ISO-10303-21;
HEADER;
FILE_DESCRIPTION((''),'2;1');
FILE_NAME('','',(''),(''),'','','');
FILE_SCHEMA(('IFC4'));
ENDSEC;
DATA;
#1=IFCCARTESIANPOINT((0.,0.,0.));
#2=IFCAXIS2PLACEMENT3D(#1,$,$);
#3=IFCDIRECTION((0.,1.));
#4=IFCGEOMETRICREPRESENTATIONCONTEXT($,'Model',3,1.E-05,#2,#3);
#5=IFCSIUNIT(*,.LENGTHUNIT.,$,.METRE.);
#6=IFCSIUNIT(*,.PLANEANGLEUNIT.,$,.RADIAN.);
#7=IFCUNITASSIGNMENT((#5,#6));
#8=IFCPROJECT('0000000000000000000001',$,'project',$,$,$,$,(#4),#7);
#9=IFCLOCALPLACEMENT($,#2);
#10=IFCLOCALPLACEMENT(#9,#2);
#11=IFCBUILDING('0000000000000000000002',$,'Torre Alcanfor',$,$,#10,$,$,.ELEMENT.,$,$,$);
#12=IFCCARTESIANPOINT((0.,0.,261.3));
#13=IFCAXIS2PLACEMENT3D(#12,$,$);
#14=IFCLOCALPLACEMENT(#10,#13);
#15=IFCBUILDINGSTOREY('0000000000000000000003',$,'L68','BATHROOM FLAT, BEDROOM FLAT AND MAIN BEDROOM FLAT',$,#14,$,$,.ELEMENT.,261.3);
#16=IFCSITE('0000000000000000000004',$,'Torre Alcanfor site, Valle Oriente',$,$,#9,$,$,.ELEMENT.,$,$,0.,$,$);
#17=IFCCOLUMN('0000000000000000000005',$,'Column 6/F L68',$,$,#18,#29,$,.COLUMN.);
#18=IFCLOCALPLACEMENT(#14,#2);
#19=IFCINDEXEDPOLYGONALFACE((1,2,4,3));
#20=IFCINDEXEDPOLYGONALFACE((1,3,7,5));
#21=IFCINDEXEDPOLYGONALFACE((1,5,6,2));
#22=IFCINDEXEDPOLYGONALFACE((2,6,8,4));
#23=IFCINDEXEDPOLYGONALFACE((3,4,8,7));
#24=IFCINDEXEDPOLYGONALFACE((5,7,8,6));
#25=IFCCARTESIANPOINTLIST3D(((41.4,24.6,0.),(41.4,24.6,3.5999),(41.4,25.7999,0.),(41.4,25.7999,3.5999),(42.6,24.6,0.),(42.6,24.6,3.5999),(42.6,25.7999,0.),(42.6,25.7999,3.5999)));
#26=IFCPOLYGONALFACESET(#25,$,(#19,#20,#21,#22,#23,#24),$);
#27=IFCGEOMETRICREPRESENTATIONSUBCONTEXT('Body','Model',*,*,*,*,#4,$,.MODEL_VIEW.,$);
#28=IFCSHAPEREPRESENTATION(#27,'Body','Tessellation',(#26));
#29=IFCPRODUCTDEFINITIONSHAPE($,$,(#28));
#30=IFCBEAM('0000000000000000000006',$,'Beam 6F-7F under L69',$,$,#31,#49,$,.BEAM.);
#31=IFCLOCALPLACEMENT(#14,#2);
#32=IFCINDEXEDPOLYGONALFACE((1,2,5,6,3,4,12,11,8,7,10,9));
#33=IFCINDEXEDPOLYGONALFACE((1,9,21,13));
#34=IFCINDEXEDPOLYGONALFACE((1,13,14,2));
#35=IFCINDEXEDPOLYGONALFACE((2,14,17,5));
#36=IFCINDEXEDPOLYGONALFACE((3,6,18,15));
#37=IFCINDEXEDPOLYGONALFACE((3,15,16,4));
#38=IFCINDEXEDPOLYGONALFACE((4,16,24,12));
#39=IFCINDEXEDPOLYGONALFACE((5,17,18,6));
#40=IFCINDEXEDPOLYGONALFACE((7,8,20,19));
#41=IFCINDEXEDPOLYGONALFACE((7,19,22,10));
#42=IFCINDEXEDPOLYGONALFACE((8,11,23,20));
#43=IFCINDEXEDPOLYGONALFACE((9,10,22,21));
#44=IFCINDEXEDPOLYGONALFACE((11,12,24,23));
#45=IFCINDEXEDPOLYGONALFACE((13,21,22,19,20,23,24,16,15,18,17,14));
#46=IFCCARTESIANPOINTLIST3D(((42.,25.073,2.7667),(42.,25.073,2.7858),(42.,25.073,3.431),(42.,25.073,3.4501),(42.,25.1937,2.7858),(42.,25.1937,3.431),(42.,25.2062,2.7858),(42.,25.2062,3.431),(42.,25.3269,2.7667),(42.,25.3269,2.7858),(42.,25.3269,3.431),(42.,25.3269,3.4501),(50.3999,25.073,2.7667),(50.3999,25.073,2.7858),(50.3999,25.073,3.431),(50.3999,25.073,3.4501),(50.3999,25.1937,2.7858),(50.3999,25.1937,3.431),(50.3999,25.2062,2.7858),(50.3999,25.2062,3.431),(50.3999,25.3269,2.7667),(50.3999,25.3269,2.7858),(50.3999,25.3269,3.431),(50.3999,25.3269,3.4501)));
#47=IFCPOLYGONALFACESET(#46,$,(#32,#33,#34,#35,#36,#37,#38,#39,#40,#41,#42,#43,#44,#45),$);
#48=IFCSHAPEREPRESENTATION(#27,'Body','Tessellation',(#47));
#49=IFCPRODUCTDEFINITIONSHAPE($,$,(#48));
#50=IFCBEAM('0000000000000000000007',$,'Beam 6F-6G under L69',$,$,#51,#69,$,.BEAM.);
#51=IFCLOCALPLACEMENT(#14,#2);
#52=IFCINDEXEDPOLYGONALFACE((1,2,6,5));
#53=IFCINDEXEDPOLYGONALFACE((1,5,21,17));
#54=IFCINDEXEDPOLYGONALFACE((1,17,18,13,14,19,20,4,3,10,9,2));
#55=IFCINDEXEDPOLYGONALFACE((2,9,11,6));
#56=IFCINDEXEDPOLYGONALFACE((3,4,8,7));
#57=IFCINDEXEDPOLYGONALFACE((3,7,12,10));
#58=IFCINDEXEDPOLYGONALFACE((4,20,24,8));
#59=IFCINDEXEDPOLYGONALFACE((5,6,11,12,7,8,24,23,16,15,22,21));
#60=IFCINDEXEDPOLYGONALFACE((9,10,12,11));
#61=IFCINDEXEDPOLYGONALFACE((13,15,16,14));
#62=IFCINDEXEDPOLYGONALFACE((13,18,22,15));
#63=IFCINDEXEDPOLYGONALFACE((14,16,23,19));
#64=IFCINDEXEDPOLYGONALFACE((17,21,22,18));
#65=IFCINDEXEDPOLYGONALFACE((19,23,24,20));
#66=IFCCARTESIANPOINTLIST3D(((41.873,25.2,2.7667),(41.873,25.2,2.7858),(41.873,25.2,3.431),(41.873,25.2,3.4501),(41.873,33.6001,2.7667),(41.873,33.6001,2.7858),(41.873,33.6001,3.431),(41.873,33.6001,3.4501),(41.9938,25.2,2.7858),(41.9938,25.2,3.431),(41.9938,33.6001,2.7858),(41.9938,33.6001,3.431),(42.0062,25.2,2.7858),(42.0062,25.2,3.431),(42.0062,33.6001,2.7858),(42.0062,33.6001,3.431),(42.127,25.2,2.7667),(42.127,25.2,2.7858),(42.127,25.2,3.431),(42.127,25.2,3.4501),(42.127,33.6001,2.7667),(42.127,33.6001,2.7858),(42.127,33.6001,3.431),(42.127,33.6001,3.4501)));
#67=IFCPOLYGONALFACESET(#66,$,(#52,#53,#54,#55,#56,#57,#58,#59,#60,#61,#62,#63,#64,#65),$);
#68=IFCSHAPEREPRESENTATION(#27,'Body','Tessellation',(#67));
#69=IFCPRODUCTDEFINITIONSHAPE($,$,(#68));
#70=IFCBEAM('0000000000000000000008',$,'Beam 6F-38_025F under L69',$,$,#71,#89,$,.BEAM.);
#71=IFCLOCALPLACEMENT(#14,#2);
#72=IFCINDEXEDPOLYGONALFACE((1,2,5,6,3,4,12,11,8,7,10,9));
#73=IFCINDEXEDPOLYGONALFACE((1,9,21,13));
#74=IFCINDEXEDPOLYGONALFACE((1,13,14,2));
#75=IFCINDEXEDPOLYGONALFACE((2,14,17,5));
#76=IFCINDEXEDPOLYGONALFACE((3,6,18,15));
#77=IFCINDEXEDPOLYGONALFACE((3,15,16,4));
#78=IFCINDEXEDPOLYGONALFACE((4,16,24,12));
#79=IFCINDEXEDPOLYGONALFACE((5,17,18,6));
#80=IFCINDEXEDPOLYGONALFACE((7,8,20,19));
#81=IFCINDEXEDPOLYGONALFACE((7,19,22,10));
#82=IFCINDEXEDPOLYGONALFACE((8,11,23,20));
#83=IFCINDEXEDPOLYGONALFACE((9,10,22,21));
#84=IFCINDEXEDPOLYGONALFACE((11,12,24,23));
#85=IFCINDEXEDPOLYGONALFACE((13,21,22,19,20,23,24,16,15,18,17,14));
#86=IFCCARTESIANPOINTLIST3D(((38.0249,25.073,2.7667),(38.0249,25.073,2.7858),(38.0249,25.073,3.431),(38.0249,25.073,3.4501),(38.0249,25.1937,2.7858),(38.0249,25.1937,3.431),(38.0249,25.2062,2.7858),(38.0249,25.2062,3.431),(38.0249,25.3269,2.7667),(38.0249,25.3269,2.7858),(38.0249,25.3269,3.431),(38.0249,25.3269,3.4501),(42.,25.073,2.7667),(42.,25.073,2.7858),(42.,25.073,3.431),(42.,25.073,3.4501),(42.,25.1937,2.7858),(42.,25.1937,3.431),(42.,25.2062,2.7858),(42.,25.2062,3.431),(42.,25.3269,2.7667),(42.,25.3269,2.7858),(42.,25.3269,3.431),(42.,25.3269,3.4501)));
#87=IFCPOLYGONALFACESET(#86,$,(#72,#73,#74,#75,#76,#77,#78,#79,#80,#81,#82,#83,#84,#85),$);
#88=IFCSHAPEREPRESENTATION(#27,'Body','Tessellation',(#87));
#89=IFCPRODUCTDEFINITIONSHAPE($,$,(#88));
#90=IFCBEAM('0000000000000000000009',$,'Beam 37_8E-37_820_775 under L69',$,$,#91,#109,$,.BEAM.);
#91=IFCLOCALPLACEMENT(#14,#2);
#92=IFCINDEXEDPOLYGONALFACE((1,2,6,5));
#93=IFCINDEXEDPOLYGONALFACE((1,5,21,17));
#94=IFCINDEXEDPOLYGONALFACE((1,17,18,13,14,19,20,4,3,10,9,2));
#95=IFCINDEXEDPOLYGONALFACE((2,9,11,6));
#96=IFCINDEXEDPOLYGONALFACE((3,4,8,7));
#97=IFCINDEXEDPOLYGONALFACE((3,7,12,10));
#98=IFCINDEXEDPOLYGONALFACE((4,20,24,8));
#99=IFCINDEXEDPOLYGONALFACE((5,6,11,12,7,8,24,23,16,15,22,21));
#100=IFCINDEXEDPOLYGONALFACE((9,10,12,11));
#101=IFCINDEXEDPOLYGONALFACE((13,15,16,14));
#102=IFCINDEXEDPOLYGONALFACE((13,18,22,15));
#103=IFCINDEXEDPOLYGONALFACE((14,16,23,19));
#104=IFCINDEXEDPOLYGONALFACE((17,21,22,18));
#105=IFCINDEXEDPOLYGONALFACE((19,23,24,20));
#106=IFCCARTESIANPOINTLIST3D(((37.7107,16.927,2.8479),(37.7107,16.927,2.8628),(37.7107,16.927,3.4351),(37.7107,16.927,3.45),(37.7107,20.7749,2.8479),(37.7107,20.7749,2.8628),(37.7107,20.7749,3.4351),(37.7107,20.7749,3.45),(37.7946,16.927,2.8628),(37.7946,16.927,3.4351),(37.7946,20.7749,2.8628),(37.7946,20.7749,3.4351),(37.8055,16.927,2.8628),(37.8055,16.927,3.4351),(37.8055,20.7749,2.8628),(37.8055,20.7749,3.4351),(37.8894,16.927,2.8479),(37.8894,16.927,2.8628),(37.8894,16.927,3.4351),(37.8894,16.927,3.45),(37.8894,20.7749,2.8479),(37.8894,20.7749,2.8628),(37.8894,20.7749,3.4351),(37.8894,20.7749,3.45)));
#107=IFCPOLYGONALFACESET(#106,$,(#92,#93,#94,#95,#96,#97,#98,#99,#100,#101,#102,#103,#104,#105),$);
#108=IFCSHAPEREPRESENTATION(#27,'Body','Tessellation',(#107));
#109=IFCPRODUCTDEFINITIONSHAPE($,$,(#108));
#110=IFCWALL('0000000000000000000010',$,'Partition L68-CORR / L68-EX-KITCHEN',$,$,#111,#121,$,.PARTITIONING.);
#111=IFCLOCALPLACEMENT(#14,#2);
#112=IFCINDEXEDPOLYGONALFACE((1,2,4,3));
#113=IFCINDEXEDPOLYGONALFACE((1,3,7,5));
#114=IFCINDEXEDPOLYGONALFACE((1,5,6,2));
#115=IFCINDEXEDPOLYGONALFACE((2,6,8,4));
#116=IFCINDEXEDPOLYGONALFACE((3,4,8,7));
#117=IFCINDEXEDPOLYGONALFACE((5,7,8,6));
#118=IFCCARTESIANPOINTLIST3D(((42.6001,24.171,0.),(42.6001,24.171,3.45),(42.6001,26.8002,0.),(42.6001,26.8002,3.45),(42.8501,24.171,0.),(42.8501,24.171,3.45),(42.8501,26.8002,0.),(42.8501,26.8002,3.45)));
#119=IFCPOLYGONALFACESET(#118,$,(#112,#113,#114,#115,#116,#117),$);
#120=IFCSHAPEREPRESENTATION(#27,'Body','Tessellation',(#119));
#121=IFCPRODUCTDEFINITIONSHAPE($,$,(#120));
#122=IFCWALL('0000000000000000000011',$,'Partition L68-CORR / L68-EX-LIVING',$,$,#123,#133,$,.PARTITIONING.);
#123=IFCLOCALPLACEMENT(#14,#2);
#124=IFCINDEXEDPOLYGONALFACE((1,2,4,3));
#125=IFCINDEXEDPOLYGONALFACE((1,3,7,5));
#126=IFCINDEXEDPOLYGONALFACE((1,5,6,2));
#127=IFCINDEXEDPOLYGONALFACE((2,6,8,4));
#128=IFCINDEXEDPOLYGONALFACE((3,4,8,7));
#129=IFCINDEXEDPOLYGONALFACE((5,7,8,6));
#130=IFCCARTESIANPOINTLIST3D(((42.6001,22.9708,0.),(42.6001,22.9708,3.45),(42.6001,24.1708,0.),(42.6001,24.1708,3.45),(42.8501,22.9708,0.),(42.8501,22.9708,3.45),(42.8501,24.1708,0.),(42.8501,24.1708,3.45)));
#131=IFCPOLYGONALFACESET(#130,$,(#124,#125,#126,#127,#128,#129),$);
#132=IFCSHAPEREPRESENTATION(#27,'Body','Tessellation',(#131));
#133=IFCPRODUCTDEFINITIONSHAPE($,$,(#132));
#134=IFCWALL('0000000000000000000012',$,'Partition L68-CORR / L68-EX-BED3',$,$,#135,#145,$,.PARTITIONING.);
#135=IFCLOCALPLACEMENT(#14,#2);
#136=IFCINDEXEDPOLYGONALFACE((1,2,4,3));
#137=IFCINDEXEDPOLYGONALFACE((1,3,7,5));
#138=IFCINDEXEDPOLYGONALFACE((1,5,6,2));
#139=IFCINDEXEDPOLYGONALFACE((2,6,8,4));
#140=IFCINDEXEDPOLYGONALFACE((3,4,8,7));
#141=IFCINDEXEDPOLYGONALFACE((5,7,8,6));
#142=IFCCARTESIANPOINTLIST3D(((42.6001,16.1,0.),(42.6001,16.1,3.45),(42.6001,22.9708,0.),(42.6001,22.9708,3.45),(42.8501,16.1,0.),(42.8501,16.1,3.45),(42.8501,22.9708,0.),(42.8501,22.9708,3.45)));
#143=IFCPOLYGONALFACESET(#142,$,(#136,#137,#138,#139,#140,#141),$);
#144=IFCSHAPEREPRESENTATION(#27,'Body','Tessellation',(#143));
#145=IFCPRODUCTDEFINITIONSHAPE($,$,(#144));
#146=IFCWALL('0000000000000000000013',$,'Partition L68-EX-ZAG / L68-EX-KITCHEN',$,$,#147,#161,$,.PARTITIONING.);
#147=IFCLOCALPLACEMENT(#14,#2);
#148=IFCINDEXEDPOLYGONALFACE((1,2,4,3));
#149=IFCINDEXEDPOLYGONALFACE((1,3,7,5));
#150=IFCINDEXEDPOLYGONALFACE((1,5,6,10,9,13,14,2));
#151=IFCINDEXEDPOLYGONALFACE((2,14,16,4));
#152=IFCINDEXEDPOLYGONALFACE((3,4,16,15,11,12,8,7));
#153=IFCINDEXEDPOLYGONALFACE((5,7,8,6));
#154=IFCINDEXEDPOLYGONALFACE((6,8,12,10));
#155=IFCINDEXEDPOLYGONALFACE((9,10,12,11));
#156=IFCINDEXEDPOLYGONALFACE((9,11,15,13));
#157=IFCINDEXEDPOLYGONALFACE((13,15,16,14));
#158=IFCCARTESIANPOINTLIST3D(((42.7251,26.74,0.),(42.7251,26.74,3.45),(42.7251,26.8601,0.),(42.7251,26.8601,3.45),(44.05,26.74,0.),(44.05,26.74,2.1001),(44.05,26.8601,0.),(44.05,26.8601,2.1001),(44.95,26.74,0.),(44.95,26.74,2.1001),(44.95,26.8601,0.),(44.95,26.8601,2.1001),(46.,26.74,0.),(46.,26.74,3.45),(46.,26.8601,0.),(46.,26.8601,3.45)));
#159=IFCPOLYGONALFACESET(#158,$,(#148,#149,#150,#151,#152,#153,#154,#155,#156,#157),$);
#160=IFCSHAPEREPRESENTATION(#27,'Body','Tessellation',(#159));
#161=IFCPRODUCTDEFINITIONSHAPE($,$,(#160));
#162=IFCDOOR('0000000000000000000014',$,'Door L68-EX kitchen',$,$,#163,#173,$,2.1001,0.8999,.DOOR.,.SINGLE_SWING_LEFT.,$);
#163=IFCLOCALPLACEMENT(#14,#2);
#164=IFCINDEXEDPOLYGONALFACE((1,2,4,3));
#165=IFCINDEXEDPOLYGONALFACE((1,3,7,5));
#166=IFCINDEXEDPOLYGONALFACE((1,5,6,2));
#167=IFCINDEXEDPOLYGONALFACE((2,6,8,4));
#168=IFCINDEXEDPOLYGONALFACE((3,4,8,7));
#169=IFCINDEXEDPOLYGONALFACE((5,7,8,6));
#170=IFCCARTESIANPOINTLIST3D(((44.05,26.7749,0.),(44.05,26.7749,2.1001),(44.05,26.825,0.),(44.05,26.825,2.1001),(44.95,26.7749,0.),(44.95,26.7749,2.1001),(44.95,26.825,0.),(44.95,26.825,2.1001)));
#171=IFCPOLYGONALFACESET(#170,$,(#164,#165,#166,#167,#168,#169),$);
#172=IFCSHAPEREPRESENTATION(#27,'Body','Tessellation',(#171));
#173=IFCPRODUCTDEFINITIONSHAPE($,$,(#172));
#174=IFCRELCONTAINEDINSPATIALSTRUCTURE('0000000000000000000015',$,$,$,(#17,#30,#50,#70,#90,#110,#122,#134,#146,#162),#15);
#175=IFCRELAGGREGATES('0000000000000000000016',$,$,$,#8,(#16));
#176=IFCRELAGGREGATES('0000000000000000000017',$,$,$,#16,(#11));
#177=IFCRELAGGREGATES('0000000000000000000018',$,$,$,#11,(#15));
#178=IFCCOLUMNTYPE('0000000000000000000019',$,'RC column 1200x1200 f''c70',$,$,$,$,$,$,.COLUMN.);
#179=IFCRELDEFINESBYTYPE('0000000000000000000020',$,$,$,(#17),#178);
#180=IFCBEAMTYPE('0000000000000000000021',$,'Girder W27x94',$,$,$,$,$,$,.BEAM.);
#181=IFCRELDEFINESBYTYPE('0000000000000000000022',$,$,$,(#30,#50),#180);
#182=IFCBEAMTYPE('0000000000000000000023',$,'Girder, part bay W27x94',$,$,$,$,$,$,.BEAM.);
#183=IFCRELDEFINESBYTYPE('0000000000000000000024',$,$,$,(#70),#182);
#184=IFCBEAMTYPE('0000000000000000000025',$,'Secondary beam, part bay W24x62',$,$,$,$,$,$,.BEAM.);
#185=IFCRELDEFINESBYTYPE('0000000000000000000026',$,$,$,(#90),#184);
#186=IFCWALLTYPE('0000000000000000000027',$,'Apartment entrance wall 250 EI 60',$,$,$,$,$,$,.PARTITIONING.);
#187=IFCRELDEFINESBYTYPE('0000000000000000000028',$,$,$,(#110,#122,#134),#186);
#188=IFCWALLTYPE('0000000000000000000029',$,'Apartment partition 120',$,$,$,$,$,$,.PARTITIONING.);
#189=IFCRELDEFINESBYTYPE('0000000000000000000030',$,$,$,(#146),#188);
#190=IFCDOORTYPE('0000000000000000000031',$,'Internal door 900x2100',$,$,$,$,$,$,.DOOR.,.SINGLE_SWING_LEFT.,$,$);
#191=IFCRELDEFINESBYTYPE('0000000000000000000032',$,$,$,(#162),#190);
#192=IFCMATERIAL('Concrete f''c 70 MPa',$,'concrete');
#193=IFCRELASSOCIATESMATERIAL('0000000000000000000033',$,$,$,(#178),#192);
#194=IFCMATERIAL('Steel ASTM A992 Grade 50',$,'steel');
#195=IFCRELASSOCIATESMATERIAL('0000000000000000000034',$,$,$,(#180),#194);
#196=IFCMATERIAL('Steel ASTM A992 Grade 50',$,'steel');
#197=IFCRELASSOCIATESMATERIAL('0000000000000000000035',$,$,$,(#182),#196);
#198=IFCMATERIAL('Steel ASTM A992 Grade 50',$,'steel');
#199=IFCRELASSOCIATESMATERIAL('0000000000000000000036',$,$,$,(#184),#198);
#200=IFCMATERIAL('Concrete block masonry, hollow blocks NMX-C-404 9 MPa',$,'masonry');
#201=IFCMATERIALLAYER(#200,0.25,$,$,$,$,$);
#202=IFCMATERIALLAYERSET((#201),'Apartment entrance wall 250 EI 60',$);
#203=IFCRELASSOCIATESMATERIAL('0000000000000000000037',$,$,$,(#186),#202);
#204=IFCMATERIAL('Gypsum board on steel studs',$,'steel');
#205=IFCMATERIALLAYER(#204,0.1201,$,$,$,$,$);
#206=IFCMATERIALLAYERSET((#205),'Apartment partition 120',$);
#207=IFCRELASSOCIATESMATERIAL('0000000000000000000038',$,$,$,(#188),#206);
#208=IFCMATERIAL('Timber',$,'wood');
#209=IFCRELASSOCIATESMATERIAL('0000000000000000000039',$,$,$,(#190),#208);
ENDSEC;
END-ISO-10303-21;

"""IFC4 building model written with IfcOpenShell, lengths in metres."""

from ifc_helpers import new_model, si_unit, direction, frame, frame_2d, origin, origin_2d, place, context, subcontext, project, spatial, rectangle, i_section, extrude, material, layer, layer_set, material_profile, profile_set, type_object, element, fill, save


model = new_model("IFC4")

# Units and contexts
model_context = context("Model", 3, precision=1e-05, world=origin(), true_north=direction((0.0, 1.0)))
body_context = subcontext(model_context, "Body", "Model", "MODEL_VIEW")
ifc_project = project(units=[si_unit("LENGTHUNIT", "METRE"), si_unit("PLANEANGLEUNIT", "RADIAN")], contexts=[model_context])

# Site, building, storey
site_placement = place(None, origin())
site = spatial("IfcSite", under=ifc_project, at=site_placement, Name="Torre Alcanfor site, Valle Oriente", CompositionType="ELEMENT", RefElevation=0.0)
building_placement = place(site_placement, origin())
building = spatial("IfcBuilding", under=site, at=building_placement, Name="Torre Alcanfor", CompositionType="ELEMENT")
storey_placement = place(building_placement, frame((0.0, 0.0, 261.3)))
storey = spatial("IfcBuildingStorey", under=building, at=storey_placement, Name="L68", Description="BATHROOM FLAT, BEDROOM FLAT AND MAIN BEDROOM FLAT", CompositionType="ELEMENT", Elevation=261.3)

# Column
ifc_material_1 = material(Name="Concrete f'c 70 MPa", Category="concrete")
ifc_material_profile_1 = material_profile(ifc_material_1, rectangle(XDim=1.2, YDim=1.2, at=origin_2d()), Name="1200x1200")
ifc_profile_set_1 = profile_set([ifc_material_profile_1], Name="Concrete f'c 70 MPa")
column_type = type_object("IfcColumnType", Name="RC column 1200x1200 f'c70", PredefinedType="COLUMN", material=ifc_profile_set_1)
column_placement = place(storey_placement, frame((42.0, 25.2, 0.0), z_axis=(0.0, 0.0, 1.0), x_axis=(1.0, 0.0, 0.0)))
element("IfcColumn", 1, at=column_placement, inside=storey, type_object=column_type, Name="Column 6/F L68", PredefinedType="COLUMN", context=body_context, shape_type="SweptSolid", body=[
    extrude(rectangle(XDim=1.2, YDim=1.2, at=origin_2d()), origin(), (0.0, 0.0, 1.0), 3.5999),
])

# Beams
ifc_material_2 = material(Name="Steel ASTM A992 Grade 50", Category="steel")
ifc_material_profile_2 = material_profile(ifc_material_2, i_section(OverallWidth=0.2539, OverallDepth=0.6833, WebThickness=0.0125, FlangeThickness=0.019, at=origin_2d()), Name="W27x94")
ifc_profile_set_2 = profile_set([ifc_material_profile_2], Name="Steel ASTM A992 Grade 50")
beam_type_1 = type_object("IfcBeamType", Name="Girder W27x94", PredefinedType="BEAM", material=ifc_profile_set_2)
beam_1_placement = place(storey_placement, frame((42.0, 25.2, 3.1084), z_axis=(1.0, 0.0, 0.0), x_axis=(0.0, 1.0, 0.0)))
element("IfcBeam", 2, at=beam_1_placement, inside=storey, type_object=beam_type_1, Name="Beam 6F-7F under L69", PredefinedType="BEAM", context=body_context, shape_type="SweptSolid", body=[
    extrude(i_section(OverallWidth=0.2539, OverallDepth=0.6833, WebThickness=0.0125, FlangeThickness=0.019, at=origin_2d()), origin(), (0.0, 0.0, 1.0), 8.3999),
])
beam_2_placement = place(storey_placement, frame((42.0, 25.2, 3.1084), z_axis=(0.0, 1.0, 0.0), x_axis=(-1.0, 0.0, 0.0)))
element("IfcBeam", 3, at=beam_2_placement, inside=storey, type_object=beam_type_1, Name="Beam 6F-6G under L69", PredefinedType="BEAM", context=body_context, shape_type="SweptSolid", body=[
    extrude(i_section(OverallWidth=0.2539, OverallDepth=0.6833, WebThickness=0.0125, FlangeThickness=0.019, at=origin_2d()), origin(), (0.0, 0.0, 1.0), 8.4001),
])
ifc_material_3 = material(Name="Steel ASTM A992 Grade 50", Category="steel")
ifc_material_profile_3 = material_profile(ifc_material_3, i_section(OverallWidth=0.2539, OverallDepth=0.6833, WebThickness=0.0125, FlangeThickness=0.019, at=origin_2d()), Name="W27x94")
ifc_profile_set_3 = profile_set([ifc_material_profile_3], Name="Steel ASTM A992 Grade 50")
beam_type_2 = type_object("IfcBeamType", Name="Girder, part bay W27x94", PredefinedType="BEAM", material=ifc_profile_set_3)
beam_3_placement = place(storey_placement, frame((42.0, 25.2, 3.1084), z_axis=(-1.0, 0.0, 0.0), x_axis=(0.0, -1.0, 0.0)))
element("IfcBeam", 4, at=beam_3_placement, inside=storey, type_object=beam_type_2, Name="Beam 6F-38_025F under L69", PredefinedType="BEAM", context=body_context, shape_type="SweptSolid", body=[
    extrude(i_section(OverallWidth=0.2539, OverallDepth=0.6833, WebThickness=0.0125, FlangeThickness=0.019, at=origin_2d()), origin(), (0.0, 0.0, 1.0), 3.9751),
])
ifc_material_4 = material(Name="Steel ASTM A992 Grade 50", Category="steel")
ifc_material_profile_4 = material_profile(ifc_material_4, i_section(OverallWidth=0.1787, OverallDepth=0.6021, WebThickness=0.011, FlangeThickness=0.0149, at=origin_2d()), Name="W24x62")
ifc_profile_set_4 = profile_set([ifc_material_profile_4], Name="Steel ASTM A992 Grade 50")
beam_type_3 = type_object("IfcBeamType", Name="Secondary beam, part bay W24x62", PredefinedType="BEAM", material=ifc_profile_set_4)
beam_4_placement = place(storey_placement, frame((37.8, 16.927, 3.1489), z_axis=(0.0, 1.0, 0.0), x_axis=(-1.0, 0.0, 0.0)))
element("IfcBeam", 5, at=beam_4_placement, inside=storey, type_object=beam_type_3, Name="Beam 37_8E-37_820_775 under L69", PredefinedType="BEAM", context=body_context, shape_type="SweptSolid", body=[
    extrude(i_section(OverallWidth=0.1787, OverallDepth=0.6021, WebThickness=0.011, FlangeThickness=0.0149, at=origin_2d()), origin(), (0.0, 0.0, 1.0), 3.8479),
])

# Walls
ifc_material_5 = material(Name="Concrete block masonry, hollow blocks NMX-C-404 9 MPa", Category="masonry")
ifc_layer_1 = layer(ifc_material_5, 0.25)
ifc_layer_set_1 = layer_set([ifc_layer_1], Name="Apartment entrance wall 250 EI 60")
wall_type_1 = type_object("IfcWallType", Name="Apartment entrance wall 250 EI 60", PredefinedType="PARTITIONING", material=ifc_layer_set_1)
wall_1_placement = place(storey_placement, frame((42.7251, 26.8, 0.0), z_axis=(0.0, 0.0, 1.0), x_axis=(0.0, -1.0, 0.0)))
element("IfcWall", 6, at=wall_1_placement, inside=storey, type_object=wall_type_1, Name="Partition L68-CORR / L68-EX-KITCHEN", PredefinedType="PARTITIONING", context=body_context, shape_type="SweptSolid", body=[
    extrude(rectangle(XDim=2.6292, YDim=0.25, at=frame_2d((1.3145, 0.0))), origin(), (0.0, 0.0, 1.0), 3.45),
])
wall_2_placement = place(storey_placement, frame((42.7251, 24.1709, 0.0), z_axis=(0.0, 0.0, 1.0), x_axis=(0.0, -1.0, 0.0)))
element("IfcWall", 7, at=wall_2_placement, inside=storey, type_object=wall_type_1, Name="Partition L68-CORR / L68-EX-LIVING", PredefinedType="PARTITIONING", context=body_context, shape_type="SweptSolid", body=[
    extrude(rectangle(XDim=1.2, YDim=0.25, at=frame_2d((0.6001, 0.0))), origin(), (0.0, 0.0, 1.0), 3.45),
])
wall_3_placement = place(storey_placement, frame((42.7251, 22.9709, 0.0), z_axis=(0.0, 0.0, 1.0), x_axis=(0.0, -1.0, 0.0)))
element("IfcWall", 8, at=wall_3_placement, inside=storey, type_object=wall_type_1, Name="Partition L68-CORR / L68-EX-BED3", PredefinedType="PARTITIONING", context=body_context, shape_type="SweptSolid", body=[
    extrude(rectangle(XDim=6.8708, YDim=0.25, at=frame_2d((3.4355, 0.0))), origin(), (0.0, 0.0, 1.0), 3.45),
])

# Wall, opening, door
ifc_material_6 = material(Name="Gypsum board on steel studs", Category="steel")
ifc_layer_2 = layer(ifc_material_6, 0.1201)
ifc_layer_set_2 = layer_set([ifc_layer_2], Name="Apartment partition 120")
wall_type_2 = type_object("IfcWallType", Name="Apartment partition 120", PredefinedType="PARTITIONING", material=ifc_layer_set_2)
wall_4_placement = place(storey_placement, frame((42.7251, 26.8, 0.0), z_axis=(0.0, 0.0, 1.0), x_axis=(1.0, 0.0, 0.0)))
wall_4 = element("IfcWall", 9, at=wall_4_placement, inside=storey, type_object=wall_type_2, Name="Partition L68-EX-ZAG / L68-EX-KITCHEN", PredefinedType="PARTITIONING", context=body_context, shape_type="SweptSolid", body=[
    extrude(rectangle(XDim=3.2749, YDim=0.1201, at=frame_2d((1.6375, 0.0))), origin(), (0.0, 0.0, 1.0), 3.45),
])
opening_1_placement = place(wall_4_placement, frame((1.325, 0.0, 0.0)))
opening_1 = element("IfcOpeningElement", 10, at=opening_1_placement, cuts=wall_4, PredefinedType="OPENING", context=body_context, shape_type="SweptSolid", body=[
    extrude(rectangle(XDim=0.8999, YDim=2.1001, at=frame_2d((0.45, 1.05))), frame((0.0, 0.0701, 0.0), z_axis=(0.0, -1.0, 0.0), x_axis=(1.0, 0.0, 0.0)), (0.0, 0.0, 1.0), 0.1401),
])
ifc_material_7 = material(Name="Timber", Category="wood")
door_type_1 = type_object("IfcDoorType", Name="Internal door 900x2100", OperationType="SINGLE_SWING_LEFT", PredefinedType="DOOR", material=ifc_material_7)
door_1_placement = place(opening_1_placement, frame((0.8999, 0.0, 0.0), z_axis=(0.0, 0.0, 1.0), x_axis=(-1.0, 0.0, 0.0)))
door_1 = element("IfcDoor", 11, at=door_1_placement, inside=storey, type_object=door_type_1, Name="Door L68-EX kitchen", OperationType="SINGLE_SWING_LEFT", OverallHeight=2.1001, OverallWidth=0.8999, PredefinedType="DOOR", context=body_context, shape_type="SweptSolid", body=[
    extrude(rectangle(XDim=0.8999, YDim=2.1001, at=frame_2d((0.45, 1.05))), frame((0.0, 0.0251, 0.0), z_axis=(0.0, -1.0, 0.0), x_axis=(1.0, 0.0, 0.0)), (0.0, 0.0, 1.0), 0.05),
])
fill(opening_1, door_1)

save(model, "model.ifc")
